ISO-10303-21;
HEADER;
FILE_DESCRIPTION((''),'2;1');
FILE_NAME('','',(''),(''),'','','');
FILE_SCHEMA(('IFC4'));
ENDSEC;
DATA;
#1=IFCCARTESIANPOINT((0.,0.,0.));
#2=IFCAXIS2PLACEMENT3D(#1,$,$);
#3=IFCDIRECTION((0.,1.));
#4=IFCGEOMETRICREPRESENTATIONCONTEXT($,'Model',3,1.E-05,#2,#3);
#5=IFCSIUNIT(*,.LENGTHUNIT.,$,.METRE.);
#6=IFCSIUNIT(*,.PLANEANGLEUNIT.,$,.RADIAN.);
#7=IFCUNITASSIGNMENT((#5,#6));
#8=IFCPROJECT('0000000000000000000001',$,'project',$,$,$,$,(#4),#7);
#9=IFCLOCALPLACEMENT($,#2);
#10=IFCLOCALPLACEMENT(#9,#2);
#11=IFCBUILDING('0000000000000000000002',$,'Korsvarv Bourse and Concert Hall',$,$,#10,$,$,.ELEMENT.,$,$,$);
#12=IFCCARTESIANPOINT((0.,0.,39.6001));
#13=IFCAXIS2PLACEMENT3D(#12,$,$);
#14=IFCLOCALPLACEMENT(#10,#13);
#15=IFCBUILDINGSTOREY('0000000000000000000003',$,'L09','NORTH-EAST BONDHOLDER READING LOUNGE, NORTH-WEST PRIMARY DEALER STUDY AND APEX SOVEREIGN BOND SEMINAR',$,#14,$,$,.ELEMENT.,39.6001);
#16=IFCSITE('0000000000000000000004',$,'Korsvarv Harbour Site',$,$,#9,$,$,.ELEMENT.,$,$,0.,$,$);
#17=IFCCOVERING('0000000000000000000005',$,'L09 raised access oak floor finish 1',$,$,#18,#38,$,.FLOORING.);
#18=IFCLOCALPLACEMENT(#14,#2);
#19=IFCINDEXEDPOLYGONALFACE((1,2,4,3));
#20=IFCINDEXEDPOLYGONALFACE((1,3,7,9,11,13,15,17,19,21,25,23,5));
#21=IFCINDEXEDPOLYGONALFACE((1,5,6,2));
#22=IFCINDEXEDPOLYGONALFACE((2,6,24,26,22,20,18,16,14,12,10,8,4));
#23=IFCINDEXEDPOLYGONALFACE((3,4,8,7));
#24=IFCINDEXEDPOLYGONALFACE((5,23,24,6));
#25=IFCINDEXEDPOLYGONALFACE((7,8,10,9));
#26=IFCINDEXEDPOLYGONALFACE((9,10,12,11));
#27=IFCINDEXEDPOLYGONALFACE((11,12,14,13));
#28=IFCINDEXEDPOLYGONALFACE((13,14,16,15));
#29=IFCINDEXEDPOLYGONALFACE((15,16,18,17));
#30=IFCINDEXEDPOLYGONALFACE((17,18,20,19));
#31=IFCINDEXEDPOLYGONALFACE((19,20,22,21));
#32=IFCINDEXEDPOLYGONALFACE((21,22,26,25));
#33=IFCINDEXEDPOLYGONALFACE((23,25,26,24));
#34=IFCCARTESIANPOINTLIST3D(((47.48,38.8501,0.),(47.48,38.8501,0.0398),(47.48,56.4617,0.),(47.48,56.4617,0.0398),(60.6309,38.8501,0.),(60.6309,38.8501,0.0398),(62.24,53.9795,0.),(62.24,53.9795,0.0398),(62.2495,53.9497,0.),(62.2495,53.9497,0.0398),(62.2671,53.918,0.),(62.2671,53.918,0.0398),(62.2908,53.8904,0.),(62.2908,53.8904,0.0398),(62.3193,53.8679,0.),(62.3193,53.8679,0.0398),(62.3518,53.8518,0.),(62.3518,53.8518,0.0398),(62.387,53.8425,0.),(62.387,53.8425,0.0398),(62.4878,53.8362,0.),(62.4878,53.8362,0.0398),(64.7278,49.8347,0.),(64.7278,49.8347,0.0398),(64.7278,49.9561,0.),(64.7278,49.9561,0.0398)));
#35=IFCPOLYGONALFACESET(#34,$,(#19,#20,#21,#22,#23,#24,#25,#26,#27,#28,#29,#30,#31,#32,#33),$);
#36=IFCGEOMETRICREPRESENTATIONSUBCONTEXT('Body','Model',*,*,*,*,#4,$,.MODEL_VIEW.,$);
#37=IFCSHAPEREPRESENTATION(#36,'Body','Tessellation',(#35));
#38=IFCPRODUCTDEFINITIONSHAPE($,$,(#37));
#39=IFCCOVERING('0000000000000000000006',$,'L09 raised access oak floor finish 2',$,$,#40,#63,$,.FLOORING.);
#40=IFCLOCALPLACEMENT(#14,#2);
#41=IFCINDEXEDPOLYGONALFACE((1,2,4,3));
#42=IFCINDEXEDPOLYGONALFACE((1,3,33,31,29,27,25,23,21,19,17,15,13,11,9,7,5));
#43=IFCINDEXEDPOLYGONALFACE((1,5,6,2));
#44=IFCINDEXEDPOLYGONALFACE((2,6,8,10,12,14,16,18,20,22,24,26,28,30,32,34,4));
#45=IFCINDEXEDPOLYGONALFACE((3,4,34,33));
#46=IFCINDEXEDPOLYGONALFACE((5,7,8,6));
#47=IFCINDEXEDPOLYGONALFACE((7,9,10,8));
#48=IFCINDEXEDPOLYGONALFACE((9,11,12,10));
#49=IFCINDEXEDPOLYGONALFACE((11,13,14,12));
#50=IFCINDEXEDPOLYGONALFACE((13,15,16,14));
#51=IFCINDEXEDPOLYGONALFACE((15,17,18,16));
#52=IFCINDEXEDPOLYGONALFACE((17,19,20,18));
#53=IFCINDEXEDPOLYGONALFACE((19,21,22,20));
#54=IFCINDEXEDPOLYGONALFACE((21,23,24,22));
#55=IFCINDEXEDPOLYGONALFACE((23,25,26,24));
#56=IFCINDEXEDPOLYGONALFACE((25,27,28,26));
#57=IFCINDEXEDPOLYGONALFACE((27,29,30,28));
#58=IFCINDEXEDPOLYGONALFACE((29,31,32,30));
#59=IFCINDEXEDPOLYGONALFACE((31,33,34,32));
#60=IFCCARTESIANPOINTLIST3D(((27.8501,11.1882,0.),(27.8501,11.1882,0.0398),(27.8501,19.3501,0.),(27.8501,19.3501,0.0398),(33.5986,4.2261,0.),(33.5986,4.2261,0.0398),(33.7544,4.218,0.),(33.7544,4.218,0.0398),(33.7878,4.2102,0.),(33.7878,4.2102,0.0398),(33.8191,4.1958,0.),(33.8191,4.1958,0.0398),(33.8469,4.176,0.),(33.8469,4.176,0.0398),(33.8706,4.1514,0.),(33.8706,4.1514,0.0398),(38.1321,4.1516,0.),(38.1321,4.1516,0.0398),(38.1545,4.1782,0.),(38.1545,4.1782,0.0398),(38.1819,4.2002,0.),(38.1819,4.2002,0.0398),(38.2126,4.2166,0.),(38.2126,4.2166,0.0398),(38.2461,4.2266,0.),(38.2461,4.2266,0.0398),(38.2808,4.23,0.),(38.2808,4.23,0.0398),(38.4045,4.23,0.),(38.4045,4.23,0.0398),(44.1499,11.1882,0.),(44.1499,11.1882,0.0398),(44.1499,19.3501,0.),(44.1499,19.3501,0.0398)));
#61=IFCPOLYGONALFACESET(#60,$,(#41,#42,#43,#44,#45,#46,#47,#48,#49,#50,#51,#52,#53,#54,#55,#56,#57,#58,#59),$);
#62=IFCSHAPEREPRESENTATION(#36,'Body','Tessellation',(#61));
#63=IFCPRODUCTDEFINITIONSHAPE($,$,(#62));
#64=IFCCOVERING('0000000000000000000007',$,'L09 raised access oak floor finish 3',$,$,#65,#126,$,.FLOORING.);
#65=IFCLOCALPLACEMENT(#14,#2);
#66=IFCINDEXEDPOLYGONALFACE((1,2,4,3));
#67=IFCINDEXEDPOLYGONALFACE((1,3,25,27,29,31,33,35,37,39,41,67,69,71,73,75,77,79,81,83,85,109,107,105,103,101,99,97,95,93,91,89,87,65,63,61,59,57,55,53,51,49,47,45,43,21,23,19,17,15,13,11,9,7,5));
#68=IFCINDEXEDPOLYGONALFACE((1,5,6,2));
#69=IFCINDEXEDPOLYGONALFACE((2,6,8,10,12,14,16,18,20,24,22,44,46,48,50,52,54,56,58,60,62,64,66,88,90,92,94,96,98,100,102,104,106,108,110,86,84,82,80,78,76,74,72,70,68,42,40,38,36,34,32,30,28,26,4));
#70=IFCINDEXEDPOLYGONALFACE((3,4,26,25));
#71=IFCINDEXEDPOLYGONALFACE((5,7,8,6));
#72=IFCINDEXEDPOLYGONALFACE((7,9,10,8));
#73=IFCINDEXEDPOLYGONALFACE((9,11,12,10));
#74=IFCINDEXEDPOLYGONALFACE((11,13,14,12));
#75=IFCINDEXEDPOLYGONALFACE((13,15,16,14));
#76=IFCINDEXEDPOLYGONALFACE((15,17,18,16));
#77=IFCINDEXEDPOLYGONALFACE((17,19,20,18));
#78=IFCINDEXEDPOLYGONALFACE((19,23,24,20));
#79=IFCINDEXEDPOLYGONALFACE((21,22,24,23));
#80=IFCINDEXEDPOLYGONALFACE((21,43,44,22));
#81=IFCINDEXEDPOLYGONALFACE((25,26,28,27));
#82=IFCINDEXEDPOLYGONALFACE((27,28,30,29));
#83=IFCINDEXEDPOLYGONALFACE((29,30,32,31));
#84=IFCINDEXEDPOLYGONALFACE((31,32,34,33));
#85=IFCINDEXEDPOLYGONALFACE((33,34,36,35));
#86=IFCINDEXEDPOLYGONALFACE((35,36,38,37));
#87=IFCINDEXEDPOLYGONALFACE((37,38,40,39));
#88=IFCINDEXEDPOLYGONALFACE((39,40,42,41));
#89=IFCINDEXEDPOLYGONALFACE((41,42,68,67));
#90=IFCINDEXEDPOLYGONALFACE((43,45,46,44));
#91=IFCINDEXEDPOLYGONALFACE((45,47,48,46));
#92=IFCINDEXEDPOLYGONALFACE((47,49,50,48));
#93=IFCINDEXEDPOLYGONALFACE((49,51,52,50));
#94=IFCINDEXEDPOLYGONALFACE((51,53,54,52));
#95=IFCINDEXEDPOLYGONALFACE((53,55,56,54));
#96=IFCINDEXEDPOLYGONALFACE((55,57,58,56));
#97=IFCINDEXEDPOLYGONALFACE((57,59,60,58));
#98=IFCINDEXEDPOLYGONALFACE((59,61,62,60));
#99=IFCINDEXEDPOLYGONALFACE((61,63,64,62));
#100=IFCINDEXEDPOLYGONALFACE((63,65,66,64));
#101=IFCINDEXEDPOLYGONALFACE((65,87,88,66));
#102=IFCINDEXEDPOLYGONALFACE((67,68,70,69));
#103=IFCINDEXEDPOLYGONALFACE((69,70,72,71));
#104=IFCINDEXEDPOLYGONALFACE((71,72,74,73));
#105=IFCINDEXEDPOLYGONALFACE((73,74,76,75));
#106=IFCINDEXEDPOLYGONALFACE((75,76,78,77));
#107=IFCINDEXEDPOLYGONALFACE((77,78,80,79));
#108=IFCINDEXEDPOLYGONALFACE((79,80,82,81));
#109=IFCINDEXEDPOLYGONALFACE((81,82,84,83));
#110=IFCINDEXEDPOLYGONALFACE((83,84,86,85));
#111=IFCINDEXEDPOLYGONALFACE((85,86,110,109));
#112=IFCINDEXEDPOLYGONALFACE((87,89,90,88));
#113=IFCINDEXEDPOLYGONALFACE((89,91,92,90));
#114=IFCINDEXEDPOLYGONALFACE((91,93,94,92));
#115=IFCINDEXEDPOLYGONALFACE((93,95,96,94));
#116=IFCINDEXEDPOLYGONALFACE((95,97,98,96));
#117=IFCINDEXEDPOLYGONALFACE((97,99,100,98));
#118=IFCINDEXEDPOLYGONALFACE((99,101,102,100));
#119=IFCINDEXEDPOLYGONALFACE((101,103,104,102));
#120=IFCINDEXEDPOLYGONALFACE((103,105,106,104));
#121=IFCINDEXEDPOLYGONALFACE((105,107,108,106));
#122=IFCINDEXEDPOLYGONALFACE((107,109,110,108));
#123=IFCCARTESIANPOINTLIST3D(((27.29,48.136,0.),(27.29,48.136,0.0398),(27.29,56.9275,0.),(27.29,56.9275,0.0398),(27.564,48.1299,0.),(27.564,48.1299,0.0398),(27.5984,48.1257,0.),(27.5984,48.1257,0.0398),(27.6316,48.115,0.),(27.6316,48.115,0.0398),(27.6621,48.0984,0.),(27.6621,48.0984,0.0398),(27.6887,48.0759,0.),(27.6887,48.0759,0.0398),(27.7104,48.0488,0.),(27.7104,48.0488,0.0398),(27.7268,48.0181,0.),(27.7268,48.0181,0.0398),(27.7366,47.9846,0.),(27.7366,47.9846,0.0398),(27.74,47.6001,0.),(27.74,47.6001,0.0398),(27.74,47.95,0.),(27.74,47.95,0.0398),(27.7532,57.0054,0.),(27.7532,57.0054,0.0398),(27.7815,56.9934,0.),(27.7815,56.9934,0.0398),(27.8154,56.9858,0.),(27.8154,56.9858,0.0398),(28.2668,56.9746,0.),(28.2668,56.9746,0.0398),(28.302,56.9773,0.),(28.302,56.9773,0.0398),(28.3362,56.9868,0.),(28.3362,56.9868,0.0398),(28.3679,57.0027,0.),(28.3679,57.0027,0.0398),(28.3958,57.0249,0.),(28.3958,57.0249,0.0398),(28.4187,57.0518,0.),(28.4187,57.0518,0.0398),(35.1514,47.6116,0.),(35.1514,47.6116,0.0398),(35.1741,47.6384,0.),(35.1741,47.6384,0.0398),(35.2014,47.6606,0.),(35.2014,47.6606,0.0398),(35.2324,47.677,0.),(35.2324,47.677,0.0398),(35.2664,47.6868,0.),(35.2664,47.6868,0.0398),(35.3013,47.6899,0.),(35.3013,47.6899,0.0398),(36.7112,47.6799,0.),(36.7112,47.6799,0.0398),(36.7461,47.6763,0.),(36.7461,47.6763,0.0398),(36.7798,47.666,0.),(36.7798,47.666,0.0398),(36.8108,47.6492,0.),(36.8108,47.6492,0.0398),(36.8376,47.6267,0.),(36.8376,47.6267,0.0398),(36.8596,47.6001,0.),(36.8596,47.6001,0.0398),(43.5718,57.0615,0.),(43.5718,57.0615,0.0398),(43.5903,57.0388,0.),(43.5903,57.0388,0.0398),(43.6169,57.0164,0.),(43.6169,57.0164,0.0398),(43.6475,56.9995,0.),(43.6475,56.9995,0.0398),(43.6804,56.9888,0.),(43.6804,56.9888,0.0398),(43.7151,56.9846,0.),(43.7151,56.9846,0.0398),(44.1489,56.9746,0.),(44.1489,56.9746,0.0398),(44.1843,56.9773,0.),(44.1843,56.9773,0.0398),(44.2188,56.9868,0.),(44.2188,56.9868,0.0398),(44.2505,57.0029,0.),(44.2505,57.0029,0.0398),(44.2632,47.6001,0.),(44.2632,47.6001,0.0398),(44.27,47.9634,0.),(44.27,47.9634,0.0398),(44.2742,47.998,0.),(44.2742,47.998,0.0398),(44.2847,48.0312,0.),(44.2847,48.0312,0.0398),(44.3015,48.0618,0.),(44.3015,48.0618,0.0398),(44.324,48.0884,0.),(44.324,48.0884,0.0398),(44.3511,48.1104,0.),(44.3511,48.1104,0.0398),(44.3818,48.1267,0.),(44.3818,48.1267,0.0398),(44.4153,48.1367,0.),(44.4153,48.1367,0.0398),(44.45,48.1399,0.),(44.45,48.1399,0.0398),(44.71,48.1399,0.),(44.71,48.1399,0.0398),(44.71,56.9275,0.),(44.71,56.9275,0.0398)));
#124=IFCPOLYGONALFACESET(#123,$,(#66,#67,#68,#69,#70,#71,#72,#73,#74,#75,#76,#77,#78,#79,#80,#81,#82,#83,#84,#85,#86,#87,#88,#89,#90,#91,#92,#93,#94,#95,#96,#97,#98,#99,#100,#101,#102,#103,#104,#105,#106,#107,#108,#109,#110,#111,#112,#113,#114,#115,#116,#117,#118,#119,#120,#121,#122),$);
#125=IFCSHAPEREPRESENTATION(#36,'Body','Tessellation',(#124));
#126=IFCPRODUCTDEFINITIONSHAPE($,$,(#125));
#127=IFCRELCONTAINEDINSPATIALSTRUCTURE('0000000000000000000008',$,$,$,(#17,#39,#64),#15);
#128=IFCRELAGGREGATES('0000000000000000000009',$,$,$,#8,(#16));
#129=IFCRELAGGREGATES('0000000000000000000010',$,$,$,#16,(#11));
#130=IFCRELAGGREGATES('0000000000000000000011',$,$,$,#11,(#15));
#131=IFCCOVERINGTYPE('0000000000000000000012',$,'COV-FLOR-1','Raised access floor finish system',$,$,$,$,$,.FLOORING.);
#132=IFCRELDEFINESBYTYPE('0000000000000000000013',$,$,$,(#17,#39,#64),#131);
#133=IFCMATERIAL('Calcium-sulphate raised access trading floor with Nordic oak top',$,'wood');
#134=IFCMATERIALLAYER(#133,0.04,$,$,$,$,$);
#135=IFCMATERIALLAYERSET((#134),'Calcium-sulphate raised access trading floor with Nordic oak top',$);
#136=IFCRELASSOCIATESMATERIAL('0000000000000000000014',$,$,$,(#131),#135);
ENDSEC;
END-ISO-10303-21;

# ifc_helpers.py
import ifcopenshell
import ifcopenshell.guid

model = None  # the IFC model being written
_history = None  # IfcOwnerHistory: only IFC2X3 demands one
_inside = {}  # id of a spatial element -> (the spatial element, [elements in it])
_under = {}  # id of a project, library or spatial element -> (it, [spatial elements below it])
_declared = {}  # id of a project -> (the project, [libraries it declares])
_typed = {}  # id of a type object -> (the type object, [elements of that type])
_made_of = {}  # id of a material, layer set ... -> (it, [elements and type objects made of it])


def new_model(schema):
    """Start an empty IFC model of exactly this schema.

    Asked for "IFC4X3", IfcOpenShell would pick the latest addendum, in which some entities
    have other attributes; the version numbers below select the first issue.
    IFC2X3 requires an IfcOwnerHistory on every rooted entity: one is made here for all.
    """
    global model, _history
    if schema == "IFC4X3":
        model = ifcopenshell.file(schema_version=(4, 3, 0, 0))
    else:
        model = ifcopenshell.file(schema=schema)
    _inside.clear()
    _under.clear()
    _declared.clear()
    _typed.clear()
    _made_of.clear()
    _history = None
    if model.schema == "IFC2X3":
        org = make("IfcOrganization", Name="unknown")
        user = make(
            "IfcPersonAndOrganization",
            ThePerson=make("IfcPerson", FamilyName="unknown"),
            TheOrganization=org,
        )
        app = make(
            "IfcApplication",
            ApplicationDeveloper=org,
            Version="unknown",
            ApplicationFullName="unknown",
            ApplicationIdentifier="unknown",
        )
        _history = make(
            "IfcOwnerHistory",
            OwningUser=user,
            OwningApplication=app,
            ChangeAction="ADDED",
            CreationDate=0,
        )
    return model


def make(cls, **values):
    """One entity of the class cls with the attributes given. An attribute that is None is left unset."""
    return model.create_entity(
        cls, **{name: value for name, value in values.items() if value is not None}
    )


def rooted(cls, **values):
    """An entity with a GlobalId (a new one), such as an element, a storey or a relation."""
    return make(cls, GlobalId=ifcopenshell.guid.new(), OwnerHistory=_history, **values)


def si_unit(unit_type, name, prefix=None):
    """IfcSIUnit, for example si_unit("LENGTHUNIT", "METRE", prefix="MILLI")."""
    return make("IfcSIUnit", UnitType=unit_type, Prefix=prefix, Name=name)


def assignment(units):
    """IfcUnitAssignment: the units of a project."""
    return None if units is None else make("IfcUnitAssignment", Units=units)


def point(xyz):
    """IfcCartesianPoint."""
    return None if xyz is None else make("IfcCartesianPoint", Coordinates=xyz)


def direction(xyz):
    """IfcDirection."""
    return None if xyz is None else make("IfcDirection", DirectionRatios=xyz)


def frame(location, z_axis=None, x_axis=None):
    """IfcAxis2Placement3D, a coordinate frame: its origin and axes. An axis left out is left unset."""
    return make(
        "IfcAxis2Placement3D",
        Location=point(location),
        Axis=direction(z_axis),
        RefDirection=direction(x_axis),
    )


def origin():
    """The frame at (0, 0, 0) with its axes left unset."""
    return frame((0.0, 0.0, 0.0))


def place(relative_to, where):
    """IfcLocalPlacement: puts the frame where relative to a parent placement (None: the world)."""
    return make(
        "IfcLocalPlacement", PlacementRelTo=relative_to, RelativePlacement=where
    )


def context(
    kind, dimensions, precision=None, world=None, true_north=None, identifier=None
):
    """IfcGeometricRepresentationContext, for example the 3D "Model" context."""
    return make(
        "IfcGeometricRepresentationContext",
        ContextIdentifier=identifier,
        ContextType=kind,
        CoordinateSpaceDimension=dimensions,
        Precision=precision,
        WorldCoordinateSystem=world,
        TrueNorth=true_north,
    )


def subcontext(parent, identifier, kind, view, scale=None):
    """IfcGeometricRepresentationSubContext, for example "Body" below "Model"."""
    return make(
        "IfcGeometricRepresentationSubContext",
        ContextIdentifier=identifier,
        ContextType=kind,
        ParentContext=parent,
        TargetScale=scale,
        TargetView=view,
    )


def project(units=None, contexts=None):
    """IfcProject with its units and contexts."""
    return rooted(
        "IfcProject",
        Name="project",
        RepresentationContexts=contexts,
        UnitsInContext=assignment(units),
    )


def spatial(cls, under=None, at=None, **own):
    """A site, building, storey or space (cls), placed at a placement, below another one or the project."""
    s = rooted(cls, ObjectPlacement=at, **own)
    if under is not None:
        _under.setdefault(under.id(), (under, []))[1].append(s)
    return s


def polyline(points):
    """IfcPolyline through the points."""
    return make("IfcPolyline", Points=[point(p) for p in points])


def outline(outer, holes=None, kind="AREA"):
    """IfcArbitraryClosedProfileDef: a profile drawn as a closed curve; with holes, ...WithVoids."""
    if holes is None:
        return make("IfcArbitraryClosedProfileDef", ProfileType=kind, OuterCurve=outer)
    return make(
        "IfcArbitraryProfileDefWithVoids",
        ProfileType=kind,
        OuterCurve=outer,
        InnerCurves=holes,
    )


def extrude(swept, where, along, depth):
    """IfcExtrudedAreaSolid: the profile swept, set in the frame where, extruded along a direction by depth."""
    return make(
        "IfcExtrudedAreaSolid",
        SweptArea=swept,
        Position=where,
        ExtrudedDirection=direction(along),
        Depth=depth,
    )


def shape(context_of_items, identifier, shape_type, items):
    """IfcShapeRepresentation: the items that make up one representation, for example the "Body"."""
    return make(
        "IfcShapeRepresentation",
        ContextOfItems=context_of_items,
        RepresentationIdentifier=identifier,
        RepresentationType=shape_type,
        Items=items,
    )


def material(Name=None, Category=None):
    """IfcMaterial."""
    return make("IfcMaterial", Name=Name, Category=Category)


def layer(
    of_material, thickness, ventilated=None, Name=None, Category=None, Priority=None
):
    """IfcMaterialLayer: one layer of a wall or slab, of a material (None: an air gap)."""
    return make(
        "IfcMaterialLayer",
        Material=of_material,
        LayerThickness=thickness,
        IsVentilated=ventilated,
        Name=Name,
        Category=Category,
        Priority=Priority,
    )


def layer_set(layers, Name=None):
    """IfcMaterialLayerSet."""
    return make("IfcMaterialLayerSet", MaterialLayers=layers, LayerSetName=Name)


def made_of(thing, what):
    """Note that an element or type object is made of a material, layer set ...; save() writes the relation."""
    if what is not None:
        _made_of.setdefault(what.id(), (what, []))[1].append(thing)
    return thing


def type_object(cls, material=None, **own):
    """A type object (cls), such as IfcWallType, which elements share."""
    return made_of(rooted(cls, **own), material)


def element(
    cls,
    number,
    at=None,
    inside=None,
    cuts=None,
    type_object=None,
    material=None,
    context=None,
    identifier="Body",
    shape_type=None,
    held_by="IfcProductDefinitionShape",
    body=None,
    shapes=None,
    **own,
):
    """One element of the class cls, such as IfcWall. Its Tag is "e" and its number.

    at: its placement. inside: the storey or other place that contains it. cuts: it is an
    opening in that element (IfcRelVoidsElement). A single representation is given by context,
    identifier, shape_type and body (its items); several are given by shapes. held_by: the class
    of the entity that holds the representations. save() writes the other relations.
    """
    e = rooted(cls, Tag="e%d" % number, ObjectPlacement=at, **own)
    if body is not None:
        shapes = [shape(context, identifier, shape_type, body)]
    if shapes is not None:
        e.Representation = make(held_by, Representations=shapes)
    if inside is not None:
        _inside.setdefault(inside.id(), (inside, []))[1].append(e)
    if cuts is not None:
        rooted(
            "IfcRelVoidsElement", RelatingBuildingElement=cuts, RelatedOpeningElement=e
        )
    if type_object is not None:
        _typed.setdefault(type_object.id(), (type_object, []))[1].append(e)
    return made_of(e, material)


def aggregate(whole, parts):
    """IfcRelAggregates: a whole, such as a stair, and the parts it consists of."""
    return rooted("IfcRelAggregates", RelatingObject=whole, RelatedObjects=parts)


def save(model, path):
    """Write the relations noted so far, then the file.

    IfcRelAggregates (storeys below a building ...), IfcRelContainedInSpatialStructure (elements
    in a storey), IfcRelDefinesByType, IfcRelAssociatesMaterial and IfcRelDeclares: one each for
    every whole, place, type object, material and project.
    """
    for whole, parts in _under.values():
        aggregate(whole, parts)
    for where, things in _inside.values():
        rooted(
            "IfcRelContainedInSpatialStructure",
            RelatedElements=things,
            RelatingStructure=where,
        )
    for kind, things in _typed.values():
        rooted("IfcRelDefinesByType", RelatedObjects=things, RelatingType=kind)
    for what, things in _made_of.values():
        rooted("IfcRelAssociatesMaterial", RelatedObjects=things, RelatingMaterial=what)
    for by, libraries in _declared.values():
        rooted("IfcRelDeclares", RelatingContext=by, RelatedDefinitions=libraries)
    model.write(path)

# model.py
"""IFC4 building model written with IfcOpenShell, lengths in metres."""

from ifc_helpers import new_model, si_unit, direction, frame, origin, place, context, subcontext, project, spatial, polyline, outline, extrude, material, layer, layer_set, type_object, element, save


model = new_model("IFC4")

# Units and contexts
model_context = context("Model", 3, precision=1e-05, world=origin(), true_north=direction((0.0, 1.0)))
body_context = subcontext(model_context, "Body", "Model", "MODEL_VIEW")
ifc_project = project(units=[si_unit("LENGTHUNIT", "METRE"), si_unit("PLANEANGLEUNIT", "RADIAN")], contexts=[model_context])

# Site, building, storey
site_placement = place(None, origin())
site = spatial("IfcSite", under=ifc_project, at=site_placement, Name="Korsvarv Harbour Site", CompositionType="ELEMENT", RefElevation=0.0)
building_placement = place(site_placement, origin())
building = spatial("IfcBuilding", under=site, at=building_placement, Name="Korsvarv Bourse and Concert Hall", CompositionType="ELEMENT")
storey_placement = place(building_placement, frame((0.0, 0.0, 39.6001)))
storey = spatial("IfcBuildingStorey", under=building, at=storey_placement, Name="L09", Description="NORTH-EAST BONDHOLDER READING LOUNGE, NORTH-WEST PRIMARY DEALER STUDY AND APEX SOVEREIGN BOND SEMINAR", CompositionType="ELEMENT", Elevation=39.6001)

# Coverings
ifc_material_1 = material(Name="Calcium-sulphate raised access trading floor with Nordic oak top", Category="wood")
ifc_layer_1 = layer(ifc_material_1, 0.04)
ifc_layer_set_1 = layer_set([ifc_layer_1], Name="Calcium-sulphate raised access trading floor with Nordic oak top")
covering_type_1 = type_object("IfcCoveringType", Name="COV-FLOR-1", Description="Raised access floor finish system", PredefinedType="FLOORING", material=ifc_layer_set_1)
covering_1_placement = place(storey_placement, origin())
element("IfcCovering", 1, at=covering_1_placement, inside=storey, type_object=covering_type_1, Name="L09 raised access oak floor finish 1", PredefinedType="FLOORING", context=body_context, shape_type="SweptSolid", body=[
    extrude(outline(polyline([(47.48, 56.4617), (62.24, 53.9795), (62.2495, 53.9497), (62.2671, 53.918), (62.2908, 53.8904), (62.3193, 53.8679), (62.3518, 53.8518), (62.387, 53.8425), (62.4878, 53.8362), (64.7278, 49.9561), (64.7278, 49.8347), (60.6309, 38.8501), (47.48, 38.8501), (47.48, 56.4617)])), origin(), (0.0, 0.0, 1.0), 0.0398),
])
covering_2_placement = place(storey_placement, origin())
element("IfcCovering", 2, at=covering_2_placement, inside=storey, type_object=covering_type_1, Name="L09 raised access oak floor finish 2", PredefinedType="FLOORING", context=body_context, shape_type="SweptSolid", body=[
    extrude(outline(polyline([(33.8706, 4.1514), (33.8469, 4.176), (33.8191, 4.1958), (33.7878, 4.2102), (33.7544, 4.218), (33.5986, 4.2261), (27.8501, 11.1882), (27.8501, 19.3501), (44.1499, 19.3501), (44.1499, 11.1882), (38.4045, 4.23), (38.2808, 4.23), (38.2461, 4.2266), (38.2126, 4.2166), (38.1819, 4.2002), (38.1545, 4.1782), (38.1321, 4.1516), (33.8706, 4.1514)])), origin(), (0.0, 0.0, 1.0), 0.0398),
])
covering_3_placement = place(storey_placement, origin())
element("IfcCovering", 3, at=covering_3_placement, inside=storey, type_object=covering_type_1, Name="L09 raised access oak floor finish 3", PredefinedType="FLOORING", context=body_context, shape_type="SweptSolid", body=[
    extrude(outline(polyline([(27.7532, 57.0054), (27.7815, 56.9934), (27.8154, 56.9858), (28.2668, 56.9746), (28.302, 56.9773), (28.3362, 56.9868), (28.3679, 57.0027), (28.3958, 57.0249), (28.4187, 57.0518), (43.5718, 57.0615), (43.5903, 57.0388), (43.6169, 57.0164), (43.6475, 56.9995), (43.6804, 56.9888), (43.7151, 56.9846), (44.1489, 56.9746), (44.1843, 56.9773), (44.2188, 56.9868), (44.2505, 57.0029), (44.71, 56.9275), (44.71, 48.1399), (44.45, 48.1399), (44.4153, 48.1367), (44.3818, 48.1267), (44.3511, 48.1104), (44.324, 48.0884), (44.3015, 48.0618), (44.2847, 48.0312), (44.2742, 47.998), (44.27, 47.9634), (44.2632, 47.6001), (36.8596, 47.6001), (36.8376, 47.6267), (36.8108, 47.6492), (36.7798, 47.666), (36.7461, 47.6763), (36.7112, 47.6799), (35.3013, 47.6899), (35.2664, 47.6868), (35.2324, 47.677), (35.2014, 47.6606), (35.1741, 47.6384), (35.1514, 47.6116), (27.74, 47.6001), (27.74, 47.95), (27.7366, 47.9846), (27.7268, 48.0181), (27.7104, 48.0488), (27.6887, 48.0759), (27.6621, 48.0984), (27.6316, 48.115), (27.5984, 48.1257), (27.564, 48.1299), (27.29, 48.136), (27.29, 56.9275), (27.7532, 57.0054)])), origin(), (0.0, 0.0, 1.0), 0.0398),
])

save(model, "model.ifc")
